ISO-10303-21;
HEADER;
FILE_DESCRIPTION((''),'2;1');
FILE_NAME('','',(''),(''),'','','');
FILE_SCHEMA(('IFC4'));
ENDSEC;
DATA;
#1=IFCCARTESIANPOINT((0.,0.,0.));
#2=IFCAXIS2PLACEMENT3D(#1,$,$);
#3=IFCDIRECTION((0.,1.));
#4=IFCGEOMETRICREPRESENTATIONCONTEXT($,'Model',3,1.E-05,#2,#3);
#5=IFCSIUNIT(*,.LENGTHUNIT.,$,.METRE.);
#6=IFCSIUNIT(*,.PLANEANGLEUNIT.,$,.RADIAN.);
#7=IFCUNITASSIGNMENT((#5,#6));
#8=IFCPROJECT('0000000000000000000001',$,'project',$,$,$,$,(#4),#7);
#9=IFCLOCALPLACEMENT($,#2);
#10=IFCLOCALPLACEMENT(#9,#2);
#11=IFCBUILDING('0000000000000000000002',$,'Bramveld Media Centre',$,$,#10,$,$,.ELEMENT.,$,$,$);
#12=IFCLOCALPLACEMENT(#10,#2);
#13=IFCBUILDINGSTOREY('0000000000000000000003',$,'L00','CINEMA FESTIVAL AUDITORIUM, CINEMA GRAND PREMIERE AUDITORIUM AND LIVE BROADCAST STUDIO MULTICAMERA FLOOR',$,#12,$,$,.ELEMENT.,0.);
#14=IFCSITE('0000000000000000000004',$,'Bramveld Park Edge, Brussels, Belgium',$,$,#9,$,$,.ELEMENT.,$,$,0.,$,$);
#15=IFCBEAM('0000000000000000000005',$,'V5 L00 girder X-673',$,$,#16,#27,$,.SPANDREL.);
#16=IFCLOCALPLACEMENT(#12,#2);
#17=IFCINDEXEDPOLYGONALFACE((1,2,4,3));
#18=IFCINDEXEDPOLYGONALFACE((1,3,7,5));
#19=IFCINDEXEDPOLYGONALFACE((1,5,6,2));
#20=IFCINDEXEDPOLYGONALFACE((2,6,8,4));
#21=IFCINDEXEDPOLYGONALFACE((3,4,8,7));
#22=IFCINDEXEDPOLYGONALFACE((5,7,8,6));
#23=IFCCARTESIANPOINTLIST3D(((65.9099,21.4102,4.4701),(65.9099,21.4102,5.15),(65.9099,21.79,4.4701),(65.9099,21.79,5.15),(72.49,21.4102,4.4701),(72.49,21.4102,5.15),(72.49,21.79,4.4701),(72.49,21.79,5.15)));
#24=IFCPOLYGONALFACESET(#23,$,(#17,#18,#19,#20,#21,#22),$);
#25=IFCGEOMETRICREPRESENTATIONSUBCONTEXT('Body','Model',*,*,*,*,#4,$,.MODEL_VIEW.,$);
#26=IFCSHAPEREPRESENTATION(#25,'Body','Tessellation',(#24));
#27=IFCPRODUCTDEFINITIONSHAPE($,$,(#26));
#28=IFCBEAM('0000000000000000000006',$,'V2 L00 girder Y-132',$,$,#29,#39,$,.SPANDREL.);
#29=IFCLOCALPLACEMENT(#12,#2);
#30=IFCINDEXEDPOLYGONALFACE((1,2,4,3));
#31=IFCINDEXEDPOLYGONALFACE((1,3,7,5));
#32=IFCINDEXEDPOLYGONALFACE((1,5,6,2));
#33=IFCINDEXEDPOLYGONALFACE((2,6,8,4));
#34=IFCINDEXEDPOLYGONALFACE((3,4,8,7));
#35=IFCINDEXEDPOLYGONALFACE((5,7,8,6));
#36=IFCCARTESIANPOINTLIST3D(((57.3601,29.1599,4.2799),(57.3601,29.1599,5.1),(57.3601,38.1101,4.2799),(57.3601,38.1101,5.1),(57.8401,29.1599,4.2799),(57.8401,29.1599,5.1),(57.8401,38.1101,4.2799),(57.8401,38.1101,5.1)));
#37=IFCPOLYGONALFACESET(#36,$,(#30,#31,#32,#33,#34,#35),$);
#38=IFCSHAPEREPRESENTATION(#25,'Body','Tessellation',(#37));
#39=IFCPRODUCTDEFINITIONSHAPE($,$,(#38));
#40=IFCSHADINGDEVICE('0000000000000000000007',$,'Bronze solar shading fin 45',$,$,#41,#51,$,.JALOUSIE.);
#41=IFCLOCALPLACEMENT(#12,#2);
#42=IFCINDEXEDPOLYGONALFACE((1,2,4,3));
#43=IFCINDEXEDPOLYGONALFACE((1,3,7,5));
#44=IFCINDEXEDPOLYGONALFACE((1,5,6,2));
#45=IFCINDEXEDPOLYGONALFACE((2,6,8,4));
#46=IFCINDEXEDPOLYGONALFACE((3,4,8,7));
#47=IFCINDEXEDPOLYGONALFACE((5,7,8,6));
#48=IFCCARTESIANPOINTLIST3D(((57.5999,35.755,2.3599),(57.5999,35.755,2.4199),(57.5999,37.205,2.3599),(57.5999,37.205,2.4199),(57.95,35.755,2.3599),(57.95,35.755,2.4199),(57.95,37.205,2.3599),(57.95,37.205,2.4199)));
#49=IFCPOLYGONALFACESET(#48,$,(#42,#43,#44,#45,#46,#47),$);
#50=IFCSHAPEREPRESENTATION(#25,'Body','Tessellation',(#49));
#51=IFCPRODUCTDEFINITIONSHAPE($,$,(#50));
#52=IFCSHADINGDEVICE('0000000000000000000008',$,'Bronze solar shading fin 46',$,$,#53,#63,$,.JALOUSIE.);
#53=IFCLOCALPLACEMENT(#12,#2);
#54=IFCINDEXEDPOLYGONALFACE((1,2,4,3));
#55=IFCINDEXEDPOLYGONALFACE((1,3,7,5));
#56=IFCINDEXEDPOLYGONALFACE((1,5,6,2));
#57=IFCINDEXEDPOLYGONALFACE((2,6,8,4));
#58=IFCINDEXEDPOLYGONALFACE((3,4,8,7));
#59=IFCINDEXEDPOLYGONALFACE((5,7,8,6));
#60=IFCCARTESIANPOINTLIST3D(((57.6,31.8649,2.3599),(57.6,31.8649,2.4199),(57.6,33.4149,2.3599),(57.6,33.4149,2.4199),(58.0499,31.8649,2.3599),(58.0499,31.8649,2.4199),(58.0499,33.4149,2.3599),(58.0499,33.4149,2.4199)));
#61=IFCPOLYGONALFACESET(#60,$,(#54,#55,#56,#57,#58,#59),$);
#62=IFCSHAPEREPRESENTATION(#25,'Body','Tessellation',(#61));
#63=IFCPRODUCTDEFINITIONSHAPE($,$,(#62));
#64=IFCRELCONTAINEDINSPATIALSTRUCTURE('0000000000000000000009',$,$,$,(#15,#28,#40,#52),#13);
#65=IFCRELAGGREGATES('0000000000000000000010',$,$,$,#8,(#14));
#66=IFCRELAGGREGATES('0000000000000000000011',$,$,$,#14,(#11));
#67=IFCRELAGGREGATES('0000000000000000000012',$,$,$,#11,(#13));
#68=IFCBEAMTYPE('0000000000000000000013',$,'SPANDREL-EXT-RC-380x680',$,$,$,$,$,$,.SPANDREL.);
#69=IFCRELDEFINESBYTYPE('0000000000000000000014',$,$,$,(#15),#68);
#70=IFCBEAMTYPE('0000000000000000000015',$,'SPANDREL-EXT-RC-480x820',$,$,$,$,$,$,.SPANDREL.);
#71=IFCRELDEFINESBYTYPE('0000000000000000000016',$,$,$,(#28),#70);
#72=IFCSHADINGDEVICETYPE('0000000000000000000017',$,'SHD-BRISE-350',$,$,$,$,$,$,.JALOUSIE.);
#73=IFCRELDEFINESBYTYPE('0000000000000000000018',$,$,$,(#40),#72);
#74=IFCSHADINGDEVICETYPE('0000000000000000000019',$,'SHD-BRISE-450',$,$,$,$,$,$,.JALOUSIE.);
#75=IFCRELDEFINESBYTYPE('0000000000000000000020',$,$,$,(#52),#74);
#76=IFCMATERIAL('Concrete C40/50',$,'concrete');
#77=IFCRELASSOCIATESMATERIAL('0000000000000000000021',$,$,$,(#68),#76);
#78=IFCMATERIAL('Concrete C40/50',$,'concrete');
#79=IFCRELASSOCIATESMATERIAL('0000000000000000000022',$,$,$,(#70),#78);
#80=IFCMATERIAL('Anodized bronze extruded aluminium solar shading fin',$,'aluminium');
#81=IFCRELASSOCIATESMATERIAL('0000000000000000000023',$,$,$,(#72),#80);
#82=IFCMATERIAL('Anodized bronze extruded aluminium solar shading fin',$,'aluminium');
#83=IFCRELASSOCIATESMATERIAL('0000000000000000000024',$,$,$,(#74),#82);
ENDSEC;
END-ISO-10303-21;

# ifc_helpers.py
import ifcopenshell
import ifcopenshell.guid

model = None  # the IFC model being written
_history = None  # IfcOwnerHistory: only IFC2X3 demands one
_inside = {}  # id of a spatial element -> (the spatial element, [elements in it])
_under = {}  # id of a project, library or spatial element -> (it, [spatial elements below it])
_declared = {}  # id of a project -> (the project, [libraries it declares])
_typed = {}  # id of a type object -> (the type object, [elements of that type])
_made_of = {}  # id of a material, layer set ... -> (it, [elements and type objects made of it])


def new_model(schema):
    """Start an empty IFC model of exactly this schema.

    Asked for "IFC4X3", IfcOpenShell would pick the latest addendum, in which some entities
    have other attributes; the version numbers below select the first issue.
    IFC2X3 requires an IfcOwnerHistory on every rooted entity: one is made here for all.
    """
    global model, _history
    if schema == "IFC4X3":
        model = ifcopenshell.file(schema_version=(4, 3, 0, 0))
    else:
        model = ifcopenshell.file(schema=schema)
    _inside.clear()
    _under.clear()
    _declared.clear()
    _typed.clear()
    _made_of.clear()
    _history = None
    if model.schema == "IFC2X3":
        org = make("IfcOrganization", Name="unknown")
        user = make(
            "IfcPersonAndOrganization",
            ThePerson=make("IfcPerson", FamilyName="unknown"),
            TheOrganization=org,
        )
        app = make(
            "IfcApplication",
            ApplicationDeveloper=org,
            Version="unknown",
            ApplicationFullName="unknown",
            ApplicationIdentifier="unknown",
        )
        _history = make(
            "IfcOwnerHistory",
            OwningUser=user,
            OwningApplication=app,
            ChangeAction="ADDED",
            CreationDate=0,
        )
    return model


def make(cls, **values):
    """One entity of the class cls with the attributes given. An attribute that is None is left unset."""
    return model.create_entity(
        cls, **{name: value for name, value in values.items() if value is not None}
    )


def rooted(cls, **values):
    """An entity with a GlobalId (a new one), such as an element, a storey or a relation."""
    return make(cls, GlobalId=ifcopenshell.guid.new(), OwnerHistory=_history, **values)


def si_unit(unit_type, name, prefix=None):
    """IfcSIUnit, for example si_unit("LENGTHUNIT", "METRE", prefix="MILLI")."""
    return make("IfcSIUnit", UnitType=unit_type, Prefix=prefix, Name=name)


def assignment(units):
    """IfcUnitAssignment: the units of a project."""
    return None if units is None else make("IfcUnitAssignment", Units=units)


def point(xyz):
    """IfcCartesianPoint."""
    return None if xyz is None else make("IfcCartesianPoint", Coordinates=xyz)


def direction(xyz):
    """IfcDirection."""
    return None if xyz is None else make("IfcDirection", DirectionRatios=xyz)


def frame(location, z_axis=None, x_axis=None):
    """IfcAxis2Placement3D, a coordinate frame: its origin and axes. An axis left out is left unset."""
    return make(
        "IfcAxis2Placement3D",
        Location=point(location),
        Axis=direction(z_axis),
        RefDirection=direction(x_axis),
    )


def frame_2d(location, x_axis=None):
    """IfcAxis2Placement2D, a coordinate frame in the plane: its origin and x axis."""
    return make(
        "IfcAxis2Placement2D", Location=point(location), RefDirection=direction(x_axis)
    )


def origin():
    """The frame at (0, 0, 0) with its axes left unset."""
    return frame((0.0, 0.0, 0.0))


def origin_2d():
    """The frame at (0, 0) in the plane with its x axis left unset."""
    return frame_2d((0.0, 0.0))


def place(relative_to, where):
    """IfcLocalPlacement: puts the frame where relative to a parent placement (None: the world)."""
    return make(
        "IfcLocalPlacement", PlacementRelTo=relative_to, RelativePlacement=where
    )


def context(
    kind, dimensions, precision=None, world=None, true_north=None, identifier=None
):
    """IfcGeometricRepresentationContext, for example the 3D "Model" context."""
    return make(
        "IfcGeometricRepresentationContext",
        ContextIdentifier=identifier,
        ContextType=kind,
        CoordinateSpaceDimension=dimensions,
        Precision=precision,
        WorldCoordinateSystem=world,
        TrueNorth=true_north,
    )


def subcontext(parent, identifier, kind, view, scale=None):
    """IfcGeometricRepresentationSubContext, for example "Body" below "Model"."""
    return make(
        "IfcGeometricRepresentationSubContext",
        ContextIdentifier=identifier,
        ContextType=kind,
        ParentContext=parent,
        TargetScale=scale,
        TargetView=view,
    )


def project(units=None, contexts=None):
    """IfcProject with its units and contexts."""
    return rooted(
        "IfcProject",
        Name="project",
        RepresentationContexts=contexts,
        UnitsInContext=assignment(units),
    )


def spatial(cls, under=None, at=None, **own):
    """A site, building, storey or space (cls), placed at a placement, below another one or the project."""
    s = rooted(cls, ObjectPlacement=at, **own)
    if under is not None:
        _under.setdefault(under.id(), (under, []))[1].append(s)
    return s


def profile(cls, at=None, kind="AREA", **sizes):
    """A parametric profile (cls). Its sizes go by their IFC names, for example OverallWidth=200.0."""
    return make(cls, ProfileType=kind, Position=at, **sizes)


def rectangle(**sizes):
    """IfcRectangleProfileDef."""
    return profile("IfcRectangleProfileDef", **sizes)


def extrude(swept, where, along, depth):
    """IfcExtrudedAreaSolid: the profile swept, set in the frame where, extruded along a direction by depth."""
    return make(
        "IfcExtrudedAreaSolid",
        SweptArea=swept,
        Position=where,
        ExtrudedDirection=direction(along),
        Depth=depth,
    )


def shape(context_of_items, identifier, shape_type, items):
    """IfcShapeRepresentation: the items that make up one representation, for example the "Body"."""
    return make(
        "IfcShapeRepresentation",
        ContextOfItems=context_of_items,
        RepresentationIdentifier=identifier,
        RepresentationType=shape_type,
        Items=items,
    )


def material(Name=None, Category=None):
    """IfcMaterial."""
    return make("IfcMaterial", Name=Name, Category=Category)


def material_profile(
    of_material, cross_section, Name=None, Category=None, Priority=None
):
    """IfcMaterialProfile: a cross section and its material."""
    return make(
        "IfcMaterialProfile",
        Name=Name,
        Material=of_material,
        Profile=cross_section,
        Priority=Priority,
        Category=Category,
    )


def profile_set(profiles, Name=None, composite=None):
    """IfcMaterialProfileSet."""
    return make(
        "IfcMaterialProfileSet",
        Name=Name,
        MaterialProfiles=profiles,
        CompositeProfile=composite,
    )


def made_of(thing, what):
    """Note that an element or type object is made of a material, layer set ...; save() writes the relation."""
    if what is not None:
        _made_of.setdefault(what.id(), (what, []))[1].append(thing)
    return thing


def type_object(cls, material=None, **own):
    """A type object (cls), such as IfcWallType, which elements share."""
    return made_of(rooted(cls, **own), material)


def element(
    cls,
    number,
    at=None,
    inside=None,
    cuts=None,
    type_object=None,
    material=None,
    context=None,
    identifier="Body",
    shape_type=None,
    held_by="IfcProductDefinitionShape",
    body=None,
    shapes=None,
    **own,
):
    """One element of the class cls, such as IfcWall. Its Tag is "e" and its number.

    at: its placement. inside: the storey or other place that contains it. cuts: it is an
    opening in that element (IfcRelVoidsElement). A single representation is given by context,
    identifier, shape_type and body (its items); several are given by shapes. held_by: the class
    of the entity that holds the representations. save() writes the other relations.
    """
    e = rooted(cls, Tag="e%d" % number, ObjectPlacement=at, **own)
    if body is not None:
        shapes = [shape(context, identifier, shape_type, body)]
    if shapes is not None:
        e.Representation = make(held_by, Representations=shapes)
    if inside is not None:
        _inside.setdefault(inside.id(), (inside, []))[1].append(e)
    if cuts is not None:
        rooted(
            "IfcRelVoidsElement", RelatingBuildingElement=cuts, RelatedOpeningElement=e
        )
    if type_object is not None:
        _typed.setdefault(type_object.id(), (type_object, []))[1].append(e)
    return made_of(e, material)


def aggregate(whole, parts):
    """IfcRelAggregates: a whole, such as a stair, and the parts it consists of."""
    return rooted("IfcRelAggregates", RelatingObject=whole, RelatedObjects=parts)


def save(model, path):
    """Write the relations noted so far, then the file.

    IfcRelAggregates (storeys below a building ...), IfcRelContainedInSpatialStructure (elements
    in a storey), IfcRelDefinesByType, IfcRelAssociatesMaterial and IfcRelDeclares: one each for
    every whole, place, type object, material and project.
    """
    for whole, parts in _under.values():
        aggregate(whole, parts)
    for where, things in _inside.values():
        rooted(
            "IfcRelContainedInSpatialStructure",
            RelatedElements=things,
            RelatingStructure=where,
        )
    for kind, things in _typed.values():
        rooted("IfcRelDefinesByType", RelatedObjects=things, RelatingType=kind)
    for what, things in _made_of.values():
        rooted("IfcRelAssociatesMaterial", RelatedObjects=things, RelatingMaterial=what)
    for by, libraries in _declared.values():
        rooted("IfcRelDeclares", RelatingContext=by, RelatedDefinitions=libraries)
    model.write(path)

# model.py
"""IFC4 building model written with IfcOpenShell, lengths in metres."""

from ifc_helpers import new_model, si_unit, direction, frame, origin, origin_2d, place, context, subcontext, project, spatial, rectangle, extrude, material, material_profile, profile_set, type_object, element, save


model = new_model("IFC4")

# Units and contexts
model_context = context("Model", 3, precision=1e-05, world=origin(), true_north=direction((0.0, 1.0)))
body_context = subcontext(model_context, "Body", "Model", "MODEL_VIEW")
ifc_project = project(units=[si_unit("LENGTHUNIT", "METRE"), si_unit("PLANEANGLEUNIT", "RADIAN")], contexts=[model_context])

# Site, building, storey
site_placement = place(None, origin())
site = spatial("IfcSite", under=ifc_project, at=site_placement, Name="Bramveld Park Edge, Brussels, Belgium", CompositionType="ELEMENT", RefElevation=0.0)
building_placement = place(site_placement, origin())
building = spatial("IfcBuilding", under=site, at=building_placement, Name="Bramveld Media Centre", CompositionType="ELEMENT")
storey_placement = place(building_placement, origin())
storey = spatial("IfcBuildingStorey", under=building, at=storey_placement, Name="L00", Description="CINEMA FESTIVAL AUDITORIUM, CINEMA GRAND PREMIERE AUDITORIUM AND LIVE BROADCAST STUDIO MULTICAMERA FLOOR", CompositionType="ELEMENT", Elevation=0.0)

# Beams
ifc_material_1 = material(Name="Concrete C40/50", Category="concrete")
ifc_material_profile_1 = material_profile(ifc_material_1, rectangle(XDim=0.3799, YDim=0.6799, at=origin_2d()), Name="RC 380x680")
ifc_profile_set_1 = profile_set([ifc_material_profile_1], Name="Concrete C40/50")
beam_type_1 = type_object("IfcBeamType", Name="SPANDREL-EXT-RC-380x680", PredefinedType="SPANDREL", material=ifc_profile_set_1)
for number, where, z_axis, x_axis, name in (
    (1, (65.9099, 21.6001, 4.8101), (1.0, 0.0, 0.0), (0.0, 1.0, 0.0), "V5 L00 girder X-673"),
):
    element("IfcBeam", number, at=place(storey_placement, frame(where, z_axis=z_axis, x_axis=x_axis)), inside=storey, type_object=beam_type_1, Name=name, PredefinedType="SPANDREL", context=body_context, shape_type="SweptSolid", body=[
        extrude(rectangle(XDim=0.3799, YDim=0.6799, at=origin_2d()), origin(), (0.0, 0.0, 1.0), 6.5801),
    ])
ifc_material_2 = material(Name="Concrete C40/50", Category="concrete")
ifc_material_profile_2 = material_profile(ifc_material_2, rectangle(XDim=0.48, YDim=0.8201, at=origin_2d()), Name="RC 480x820")
ifc_profile_set_2 = profile_set([ifc_material_profile_2], Name="Concrete C40/50")
beam_type_2 = type_object("IfcBeamType", Name="SPANDREL-EXT-RC-480x820", PredefinedType="SPANDREL", material=ifc_profile_set_2)
beam_1_placement = place(storey_placement, frame((57.6001, 29.1599, 4.6899), z_axis=(0.0, 1.0, 0.0), x_axis=(-1.0, 0.0, 0.0)))
element("IfcBeam", 2, at=beam_1_placement, inside=storey, type_object=beam_type_2, Name="V2 L00 girder Y-132", PredefinedType="SPANDREL", context=body_context, shape_type="SweptSolid", body=[
    extrude(rectangle(XDim=0.48, YDim=0.8201, at=origin_2d()), origin(), (0.0, 0.0, 1.0), 8.9502),
])

# Shading devices
ifc_material_3 = material(Name="Anodized bronze extruded aluminium solar shading fin", Category="aluminium")
shading_device_type_1 = type_object("IfcShadingDeviceType", Name="SHD-BRISE-350", PredefinedType="JALOUSIE", material=ifc_material_3)
shading_device_1_placement = place(storey_placement, frame((57.7749, 36.48, 2.3599), z_axis=(0.0, 0.0, 1.0), x_axis=(1.0, 0.0, 0.0)))
element("IfcShadingDevice", 3, at=shading_device_1_placement, inside=storey, type_object=shading_device_type_1, Name="Bronze solar shading fin 45", PredefinedType="JALOUSIE", context=body_context, shape_type="SweptSolid", body=[
    extrude(rectangle(XDim=0.3501, YDim=1.45, at=origin_2d()), origin(), (0.0, 0.0, 1.0), 0.0601),
])
ifc_material_4 = material(Name="Anodized bronze extruded aluminium solar shading fin", Category="aluminium")
shading_device_type_2 = type_object("IfcShadingDeviceType", Name="SHD-BRISE-450", PredefinedType="JALOUSIE", material=ifc_material_4)
shading_device_2_placement = place(storey_placement, frame((57.825, 32.6399, 2.3599), z_axis=(0.0, 0.0, 1.0), x_axis=(1.0, 0.0, 0.0)))
element("IfcShadingDevice", 4, at=shading_device_2_placement, inside=storey, type_object=shading_device_type_2, Name="Bronze solar shading fin 46", PredefinedType="JALOUSIE", context=body_context, shape_type="SweptSolid", body=[
    extrude(rectangle(XDim=0.45, YDim=1.55, at=origin_2d()), origin(), (0.0, 0.0, 1.0), 0.0601),
])

save(model, "model.ifc")
